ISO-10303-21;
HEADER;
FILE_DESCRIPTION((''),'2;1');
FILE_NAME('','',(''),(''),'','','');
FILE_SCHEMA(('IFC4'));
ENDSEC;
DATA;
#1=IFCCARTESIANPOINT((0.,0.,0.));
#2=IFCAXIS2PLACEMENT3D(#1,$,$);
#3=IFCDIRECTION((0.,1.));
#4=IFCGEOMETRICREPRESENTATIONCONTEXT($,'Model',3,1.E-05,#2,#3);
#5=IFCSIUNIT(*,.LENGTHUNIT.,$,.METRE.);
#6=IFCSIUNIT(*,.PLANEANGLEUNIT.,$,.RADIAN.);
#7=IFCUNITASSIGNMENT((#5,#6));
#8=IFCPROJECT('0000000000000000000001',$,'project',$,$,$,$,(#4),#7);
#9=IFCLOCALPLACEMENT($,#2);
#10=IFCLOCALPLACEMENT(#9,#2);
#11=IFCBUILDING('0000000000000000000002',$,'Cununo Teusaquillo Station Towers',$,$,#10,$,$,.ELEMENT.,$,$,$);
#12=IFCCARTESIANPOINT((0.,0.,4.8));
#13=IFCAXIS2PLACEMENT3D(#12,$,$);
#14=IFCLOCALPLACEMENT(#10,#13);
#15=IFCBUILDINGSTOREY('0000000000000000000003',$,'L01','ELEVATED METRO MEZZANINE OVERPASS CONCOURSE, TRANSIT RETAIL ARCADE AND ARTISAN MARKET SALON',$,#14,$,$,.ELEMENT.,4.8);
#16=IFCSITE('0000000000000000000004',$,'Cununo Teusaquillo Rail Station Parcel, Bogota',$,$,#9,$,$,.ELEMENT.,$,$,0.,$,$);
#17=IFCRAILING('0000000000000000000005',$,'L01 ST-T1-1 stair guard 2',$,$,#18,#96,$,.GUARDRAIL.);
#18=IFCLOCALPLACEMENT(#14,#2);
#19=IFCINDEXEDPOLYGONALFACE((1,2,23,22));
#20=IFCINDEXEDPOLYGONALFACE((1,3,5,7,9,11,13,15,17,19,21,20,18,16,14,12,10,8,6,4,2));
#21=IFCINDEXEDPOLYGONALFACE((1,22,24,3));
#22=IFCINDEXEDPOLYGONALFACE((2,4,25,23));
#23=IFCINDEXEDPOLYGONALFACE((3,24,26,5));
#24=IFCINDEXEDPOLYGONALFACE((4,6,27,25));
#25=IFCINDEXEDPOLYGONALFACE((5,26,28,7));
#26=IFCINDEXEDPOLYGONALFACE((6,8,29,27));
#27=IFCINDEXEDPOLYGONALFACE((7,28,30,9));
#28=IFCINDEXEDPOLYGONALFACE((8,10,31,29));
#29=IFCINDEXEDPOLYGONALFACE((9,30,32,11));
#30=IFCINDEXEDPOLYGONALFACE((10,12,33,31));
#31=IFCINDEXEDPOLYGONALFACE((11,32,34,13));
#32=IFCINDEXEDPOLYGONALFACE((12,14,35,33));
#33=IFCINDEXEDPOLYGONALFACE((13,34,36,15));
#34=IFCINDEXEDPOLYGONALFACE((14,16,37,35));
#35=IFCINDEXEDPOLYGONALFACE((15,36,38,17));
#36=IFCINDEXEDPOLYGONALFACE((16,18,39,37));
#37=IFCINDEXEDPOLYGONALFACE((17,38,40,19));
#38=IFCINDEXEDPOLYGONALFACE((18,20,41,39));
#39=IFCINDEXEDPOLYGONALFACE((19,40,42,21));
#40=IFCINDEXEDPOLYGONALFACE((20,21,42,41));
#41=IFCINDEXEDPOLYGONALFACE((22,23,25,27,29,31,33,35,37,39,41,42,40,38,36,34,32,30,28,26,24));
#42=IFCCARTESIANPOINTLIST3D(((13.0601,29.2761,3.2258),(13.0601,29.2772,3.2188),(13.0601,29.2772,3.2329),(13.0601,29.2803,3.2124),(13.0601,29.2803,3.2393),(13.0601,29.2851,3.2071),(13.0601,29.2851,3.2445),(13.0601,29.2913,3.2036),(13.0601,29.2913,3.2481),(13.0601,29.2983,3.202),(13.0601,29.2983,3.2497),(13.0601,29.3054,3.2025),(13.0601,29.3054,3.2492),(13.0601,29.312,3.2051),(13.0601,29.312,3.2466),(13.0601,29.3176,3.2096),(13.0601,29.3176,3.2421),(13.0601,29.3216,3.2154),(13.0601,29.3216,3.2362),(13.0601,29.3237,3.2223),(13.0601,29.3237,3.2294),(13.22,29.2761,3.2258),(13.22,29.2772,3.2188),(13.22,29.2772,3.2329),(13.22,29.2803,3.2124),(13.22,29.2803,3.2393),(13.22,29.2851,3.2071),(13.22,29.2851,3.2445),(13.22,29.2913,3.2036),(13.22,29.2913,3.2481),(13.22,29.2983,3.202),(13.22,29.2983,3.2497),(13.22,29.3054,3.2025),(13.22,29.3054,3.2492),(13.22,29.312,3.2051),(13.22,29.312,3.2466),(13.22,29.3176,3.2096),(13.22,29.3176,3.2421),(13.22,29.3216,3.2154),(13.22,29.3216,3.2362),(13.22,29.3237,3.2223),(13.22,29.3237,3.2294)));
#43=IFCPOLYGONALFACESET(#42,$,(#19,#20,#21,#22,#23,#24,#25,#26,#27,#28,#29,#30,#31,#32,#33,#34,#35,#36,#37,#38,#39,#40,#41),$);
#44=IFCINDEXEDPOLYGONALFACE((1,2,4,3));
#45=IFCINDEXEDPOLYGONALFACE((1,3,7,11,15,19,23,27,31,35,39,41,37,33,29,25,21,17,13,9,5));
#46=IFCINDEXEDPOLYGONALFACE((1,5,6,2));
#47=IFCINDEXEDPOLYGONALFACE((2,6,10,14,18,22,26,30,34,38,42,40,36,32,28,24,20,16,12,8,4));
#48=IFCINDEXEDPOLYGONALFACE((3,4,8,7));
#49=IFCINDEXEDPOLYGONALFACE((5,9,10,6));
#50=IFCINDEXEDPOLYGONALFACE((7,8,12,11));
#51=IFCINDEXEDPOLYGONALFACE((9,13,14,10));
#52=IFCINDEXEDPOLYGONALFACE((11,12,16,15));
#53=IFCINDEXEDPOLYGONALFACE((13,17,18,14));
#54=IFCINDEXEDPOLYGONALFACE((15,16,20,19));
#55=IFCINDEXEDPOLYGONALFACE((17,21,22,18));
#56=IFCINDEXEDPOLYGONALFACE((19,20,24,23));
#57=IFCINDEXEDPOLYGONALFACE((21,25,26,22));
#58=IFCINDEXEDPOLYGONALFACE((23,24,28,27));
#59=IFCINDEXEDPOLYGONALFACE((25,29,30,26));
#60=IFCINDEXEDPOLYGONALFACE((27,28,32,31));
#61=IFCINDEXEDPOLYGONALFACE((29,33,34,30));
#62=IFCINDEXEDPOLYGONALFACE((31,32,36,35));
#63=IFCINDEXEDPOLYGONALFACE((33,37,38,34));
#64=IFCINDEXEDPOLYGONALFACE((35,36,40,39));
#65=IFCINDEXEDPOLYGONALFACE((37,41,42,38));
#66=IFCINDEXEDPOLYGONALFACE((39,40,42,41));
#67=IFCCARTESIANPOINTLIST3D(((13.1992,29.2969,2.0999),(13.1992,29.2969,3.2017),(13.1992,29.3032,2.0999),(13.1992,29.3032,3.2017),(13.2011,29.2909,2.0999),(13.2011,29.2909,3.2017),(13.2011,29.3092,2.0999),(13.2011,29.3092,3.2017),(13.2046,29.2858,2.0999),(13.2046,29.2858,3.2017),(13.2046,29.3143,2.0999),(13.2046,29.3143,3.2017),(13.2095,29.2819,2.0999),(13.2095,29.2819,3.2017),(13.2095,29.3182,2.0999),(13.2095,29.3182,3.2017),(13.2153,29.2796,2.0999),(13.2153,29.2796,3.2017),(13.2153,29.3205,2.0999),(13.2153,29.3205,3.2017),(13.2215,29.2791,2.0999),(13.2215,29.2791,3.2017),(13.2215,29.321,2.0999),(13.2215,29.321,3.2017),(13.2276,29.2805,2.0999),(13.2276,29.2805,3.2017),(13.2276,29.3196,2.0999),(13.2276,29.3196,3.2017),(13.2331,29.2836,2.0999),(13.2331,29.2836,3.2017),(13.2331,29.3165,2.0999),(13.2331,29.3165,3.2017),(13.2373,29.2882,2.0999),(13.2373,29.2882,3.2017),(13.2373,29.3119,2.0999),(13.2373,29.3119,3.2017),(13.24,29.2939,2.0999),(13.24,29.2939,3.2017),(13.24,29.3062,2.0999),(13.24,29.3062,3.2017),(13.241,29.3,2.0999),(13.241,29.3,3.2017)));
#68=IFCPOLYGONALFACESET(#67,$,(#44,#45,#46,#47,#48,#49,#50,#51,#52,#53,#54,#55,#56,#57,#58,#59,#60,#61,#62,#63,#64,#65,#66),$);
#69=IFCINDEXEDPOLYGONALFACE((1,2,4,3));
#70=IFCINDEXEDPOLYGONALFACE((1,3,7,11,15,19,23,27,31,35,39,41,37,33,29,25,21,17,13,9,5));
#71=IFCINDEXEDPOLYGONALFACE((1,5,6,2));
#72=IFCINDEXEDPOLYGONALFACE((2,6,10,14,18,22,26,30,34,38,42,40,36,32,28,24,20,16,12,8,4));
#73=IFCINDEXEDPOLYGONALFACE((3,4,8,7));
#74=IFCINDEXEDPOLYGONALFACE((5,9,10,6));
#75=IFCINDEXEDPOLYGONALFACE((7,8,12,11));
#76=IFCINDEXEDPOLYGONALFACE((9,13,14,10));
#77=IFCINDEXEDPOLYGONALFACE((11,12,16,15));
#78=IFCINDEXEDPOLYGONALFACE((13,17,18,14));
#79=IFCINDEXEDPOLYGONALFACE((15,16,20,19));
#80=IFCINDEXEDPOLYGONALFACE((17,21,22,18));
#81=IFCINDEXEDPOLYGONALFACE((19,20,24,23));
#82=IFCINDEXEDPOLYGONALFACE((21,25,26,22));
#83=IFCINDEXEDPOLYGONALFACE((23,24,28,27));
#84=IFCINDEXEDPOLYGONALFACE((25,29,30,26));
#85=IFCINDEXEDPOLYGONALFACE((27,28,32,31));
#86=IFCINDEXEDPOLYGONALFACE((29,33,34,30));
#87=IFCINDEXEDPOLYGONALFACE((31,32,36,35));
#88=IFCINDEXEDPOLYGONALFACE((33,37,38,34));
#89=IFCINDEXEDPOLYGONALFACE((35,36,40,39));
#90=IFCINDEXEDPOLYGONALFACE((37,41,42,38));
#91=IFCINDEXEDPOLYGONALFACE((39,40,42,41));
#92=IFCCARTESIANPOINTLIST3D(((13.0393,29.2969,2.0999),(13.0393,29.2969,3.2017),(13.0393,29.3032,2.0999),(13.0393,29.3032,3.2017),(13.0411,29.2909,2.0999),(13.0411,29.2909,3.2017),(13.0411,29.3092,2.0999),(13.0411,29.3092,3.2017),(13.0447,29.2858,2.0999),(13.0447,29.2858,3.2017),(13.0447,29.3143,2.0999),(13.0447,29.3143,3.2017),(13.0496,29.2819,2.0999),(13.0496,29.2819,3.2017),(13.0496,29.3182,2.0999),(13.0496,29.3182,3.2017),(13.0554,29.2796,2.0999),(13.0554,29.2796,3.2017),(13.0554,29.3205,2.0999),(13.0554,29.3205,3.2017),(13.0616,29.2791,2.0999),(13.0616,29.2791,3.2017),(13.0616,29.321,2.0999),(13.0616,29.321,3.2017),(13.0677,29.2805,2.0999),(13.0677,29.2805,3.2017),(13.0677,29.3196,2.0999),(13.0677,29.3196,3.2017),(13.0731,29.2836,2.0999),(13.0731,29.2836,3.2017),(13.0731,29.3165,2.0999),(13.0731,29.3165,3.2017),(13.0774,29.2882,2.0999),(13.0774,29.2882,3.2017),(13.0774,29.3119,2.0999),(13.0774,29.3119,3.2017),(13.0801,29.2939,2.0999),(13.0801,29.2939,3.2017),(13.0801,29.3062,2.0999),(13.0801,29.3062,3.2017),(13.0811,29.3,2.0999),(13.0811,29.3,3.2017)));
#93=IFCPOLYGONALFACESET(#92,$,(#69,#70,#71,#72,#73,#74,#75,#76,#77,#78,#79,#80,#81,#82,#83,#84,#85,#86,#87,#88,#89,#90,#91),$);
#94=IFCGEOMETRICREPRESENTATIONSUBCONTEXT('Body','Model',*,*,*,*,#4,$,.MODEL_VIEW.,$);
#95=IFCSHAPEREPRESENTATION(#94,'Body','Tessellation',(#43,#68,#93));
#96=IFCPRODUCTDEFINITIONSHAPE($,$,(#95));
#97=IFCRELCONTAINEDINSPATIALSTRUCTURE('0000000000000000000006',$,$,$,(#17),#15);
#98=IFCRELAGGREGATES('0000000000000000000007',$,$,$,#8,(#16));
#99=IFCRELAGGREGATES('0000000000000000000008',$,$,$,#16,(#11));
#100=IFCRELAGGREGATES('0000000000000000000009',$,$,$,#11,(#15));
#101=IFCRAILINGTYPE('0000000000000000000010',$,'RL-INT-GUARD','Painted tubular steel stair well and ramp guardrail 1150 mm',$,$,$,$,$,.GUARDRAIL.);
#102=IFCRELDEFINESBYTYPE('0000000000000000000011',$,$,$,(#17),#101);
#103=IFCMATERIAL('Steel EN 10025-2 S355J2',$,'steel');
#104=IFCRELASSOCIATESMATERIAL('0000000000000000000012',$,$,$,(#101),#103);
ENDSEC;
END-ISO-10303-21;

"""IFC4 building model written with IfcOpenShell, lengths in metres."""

from ifc_helpers import new_model, si_unit, direction, frame, origin, origin_2d, place, context, subcontext, project, spatial, circle, extrude, material, type_object, element, save


model = new_model("IFC4")

# Units and contexts
model_context = context("Model", 3, precision=1e-05, world=origin(), true_north=direction((0.0, 1.0)))
body_context = subcontext(model_context, "Body", "Model", "MODEL_VIEW")
ifc_project = project(units=[si_unit("LENGTHUNIT", "METRE"), si_unit("PLANEANGLEUNIT", "RADIAN")], contexts=[model_context])

# Site, building, storey
site_placement = place(None, origin())
site = spatial("IfcSite", under=ifc_project, at=site_placement, Name="Cununo Teusaquillo Rail Station Parcel, Bogota", CompositionType="ELEMENT", RefElevation=0.0)
building_placement = place(site_placement, origin())
building = spatial("IfcBuilding", under=site, at=building_placement, Name="Cununo Teusaquillo Station Towers", CompositionType="ELEMENT")
storey_placement = place(building_placement, frame((0.0, 0.0, 4.8)))
storey = spatial("IfcBuildingStorey", under=building, at=storey_placement, Name="L01", Description="ELEVATED METRO MEZZANINE OVERPASS CONCOURSE, TRANSIT RETAIL ARCADE AND ARTISAN MARKET SALON", CompositionType="ELEMENT", Elevation=4.8)

# Railing
ifc_material_1 = material(Name="Steel EN 10025-2 S355J2", Category="steel")
railing_type_1 = type_object("IfcRailingType", Name="RL-INT-GUARD", Description="Painted tubular steel stair well and ramp guardrail 1150 mm", PredefinedType="GUARDRAIL", material=ifc_material_1)
railing_1_placement = place(storey_placement, frame((13.22, 29.3, 2.0999)))
element("IfcRailing", 1, at=railing_1_placement, inside=storey, type_object=railing_type_1, Name="L01 ST-T1-1 stair guard 2", PredefinedType="GUARDRAIL", context=body_context, shape_type="SweptSolid", body=[
    extrude(circle(Radius=0.0239, at=origin_2d()), frame((0.0, 0.0, 1.126), z_axis=(-1.0, 0.0, 0.0), x_axis=(0.0, -1.0, 0.0)), (0.0, 0.0, 1.0), 0.1599),
    extrude(circle(Radius=0.021, at=origin_2d()), origin(), (0.0, 0.0, 1.0), 1.1018),
    extrude(circle(Radius=0.021, at=origin_2d()), frame((-0.1599, 0.0, 0.0)), (0.0, 0.0, 1.0), 1.1018),
])

save(model, "model.ifc")
